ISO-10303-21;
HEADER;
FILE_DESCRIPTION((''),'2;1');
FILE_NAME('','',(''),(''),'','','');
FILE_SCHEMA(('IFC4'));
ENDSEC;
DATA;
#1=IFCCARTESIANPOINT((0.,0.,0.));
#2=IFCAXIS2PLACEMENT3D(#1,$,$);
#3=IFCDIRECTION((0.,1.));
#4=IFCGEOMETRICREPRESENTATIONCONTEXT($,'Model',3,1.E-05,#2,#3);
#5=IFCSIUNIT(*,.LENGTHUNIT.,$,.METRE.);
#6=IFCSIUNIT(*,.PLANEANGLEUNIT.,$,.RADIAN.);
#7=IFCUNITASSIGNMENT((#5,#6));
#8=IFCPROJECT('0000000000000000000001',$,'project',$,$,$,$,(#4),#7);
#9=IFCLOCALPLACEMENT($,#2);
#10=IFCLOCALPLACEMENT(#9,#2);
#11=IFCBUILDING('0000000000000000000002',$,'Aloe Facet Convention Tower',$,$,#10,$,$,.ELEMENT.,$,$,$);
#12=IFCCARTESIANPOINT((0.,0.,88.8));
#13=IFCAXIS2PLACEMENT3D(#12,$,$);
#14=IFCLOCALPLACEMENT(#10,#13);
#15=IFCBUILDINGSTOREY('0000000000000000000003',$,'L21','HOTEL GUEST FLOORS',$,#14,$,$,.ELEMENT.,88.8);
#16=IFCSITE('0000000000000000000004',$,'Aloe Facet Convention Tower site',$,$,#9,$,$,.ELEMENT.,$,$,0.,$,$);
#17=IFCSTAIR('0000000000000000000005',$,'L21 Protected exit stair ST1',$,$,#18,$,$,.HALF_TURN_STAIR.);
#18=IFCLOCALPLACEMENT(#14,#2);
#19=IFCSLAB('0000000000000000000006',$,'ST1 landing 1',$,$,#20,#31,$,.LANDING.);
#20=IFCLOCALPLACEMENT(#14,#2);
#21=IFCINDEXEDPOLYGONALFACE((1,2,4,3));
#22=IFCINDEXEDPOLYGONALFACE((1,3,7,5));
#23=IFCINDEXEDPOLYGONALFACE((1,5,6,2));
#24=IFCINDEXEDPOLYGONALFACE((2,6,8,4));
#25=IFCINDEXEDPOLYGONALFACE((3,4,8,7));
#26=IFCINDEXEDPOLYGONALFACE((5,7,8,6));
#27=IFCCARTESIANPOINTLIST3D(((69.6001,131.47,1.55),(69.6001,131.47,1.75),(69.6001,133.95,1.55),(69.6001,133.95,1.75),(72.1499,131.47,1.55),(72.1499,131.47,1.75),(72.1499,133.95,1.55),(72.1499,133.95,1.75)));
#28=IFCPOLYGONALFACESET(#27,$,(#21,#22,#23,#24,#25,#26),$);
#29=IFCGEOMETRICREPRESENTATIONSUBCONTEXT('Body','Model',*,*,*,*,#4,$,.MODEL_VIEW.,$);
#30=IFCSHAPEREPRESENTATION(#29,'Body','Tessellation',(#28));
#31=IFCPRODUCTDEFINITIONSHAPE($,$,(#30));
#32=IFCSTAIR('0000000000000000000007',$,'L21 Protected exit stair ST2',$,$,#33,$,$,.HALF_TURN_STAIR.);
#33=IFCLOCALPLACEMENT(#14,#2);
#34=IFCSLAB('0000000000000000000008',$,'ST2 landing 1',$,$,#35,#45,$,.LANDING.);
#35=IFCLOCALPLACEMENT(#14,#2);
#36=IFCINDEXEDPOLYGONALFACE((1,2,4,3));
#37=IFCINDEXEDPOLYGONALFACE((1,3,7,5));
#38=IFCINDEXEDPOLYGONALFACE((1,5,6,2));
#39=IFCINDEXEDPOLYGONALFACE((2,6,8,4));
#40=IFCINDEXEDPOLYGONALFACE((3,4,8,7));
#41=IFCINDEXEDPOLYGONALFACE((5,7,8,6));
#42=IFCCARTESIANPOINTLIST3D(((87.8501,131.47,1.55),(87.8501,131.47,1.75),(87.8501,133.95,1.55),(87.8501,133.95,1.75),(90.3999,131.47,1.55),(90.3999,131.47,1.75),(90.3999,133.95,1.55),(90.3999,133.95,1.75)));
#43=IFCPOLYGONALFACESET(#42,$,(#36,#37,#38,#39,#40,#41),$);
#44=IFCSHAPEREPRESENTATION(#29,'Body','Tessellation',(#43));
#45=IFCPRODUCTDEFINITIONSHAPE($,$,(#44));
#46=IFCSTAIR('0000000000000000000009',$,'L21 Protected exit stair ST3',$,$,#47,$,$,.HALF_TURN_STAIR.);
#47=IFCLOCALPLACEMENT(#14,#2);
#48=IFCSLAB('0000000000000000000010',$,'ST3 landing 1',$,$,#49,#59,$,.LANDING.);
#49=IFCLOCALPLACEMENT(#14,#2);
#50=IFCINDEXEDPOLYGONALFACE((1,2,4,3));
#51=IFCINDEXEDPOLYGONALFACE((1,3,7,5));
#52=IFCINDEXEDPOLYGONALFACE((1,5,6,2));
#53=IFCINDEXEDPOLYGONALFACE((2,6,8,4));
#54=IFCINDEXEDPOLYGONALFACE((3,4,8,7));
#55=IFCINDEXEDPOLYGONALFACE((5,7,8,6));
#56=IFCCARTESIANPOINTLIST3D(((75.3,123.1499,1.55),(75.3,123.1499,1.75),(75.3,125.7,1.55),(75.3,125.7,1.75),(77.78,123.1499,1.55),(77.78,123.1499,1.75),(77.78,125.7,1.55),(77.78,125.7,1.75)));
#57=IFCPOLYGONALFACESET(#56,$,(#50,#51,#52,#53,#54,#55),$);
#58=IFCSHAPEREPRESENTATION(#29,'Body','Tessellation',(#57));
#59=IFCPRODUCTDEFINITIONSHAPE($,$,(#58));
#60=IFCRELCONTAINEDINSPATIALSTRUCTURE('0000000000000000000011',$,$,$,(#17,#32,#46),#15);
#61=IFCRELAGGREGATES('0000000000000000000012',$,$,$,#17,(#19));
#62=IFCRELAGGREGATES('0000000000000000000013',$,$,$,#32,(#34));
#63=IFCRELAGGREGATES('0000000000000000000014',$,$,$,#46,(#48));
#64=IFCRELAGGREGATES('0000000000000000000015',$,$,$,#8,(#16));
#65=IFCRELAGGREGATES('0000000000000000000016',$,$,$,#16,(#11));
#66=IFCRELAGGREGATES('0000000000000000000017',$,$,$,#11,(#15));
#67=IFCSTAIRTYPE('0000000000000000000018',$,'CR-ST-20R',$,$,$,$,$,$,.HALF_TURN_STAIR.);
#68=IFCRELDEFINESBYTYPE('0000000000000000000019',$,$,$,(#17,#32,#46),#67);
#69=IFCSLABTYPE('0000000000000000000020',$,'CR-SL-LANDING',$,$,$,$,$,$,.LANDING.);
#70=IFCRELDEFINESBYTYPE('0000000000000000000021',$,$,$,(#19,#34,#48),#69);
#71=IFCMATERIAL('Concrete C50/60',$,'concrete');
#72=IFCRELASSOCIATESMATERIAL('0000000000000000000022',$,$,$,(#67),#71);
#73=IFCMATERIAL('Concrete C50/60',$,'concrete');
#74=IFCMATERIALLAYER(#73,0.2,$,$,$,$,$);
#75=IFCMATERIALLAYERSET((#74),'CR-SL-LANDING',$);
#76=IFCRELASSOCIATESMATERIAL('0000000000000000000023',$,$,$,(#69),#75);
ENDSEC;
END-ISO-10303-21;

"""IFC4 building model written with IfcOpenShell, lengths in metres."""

from ifc_helpers import new_model, si_unit, direction, frame, origin, place, context, subcontext, project, spatial, polyline, outline, extrude, material, layer, layer_set, type_object, element, aggregate, save


model = new_model("IFC4")

# Units and contexts
model_context = context("Model", 3, precision=1e-05, world=origin(), true_north=direction((0.0, 1.0)))
body_context = subcontext(model_context, "Body", "Model", "MODEL_VIEW")
ifc_project = project(units=[si_unit("LENGTHUNIT", "METRE"), si_unit("PLANEANGLEUNIT", "RADIAN")], contexts=[model_context])

# Site, building, storey
site_placement = place(None, origin())
site = spatial("IfcSite", under=ifc_project, at=site_placement, Name="Aloe Facet Convention Tower site", CompositionType="ELEMENT", RefElevation=0.0)
building_placement = place(site_placement, origin())
building = spatial("IfcBuilding", under=site, at=building_placement, Name="Aloe Facet Convention Tower", CompositionType="ELEMENT")
storey_placement = place(building_placement, frame((0.0, 0.0, 88.8)))
storey = spatial("IfcBuildingStorey", under=building, at=storey_placement, Name="L21", Description="HOTEL GUEST FLOORS", CompositionType="ELEMENT", Elevation=88.8)

# Stairs, slabs
ifc_material_1 = material(Name="Concrete C50/60", Category="concrete")
stair_type = type_object("IfcStairType", Name="CR-ST-20R", PredefinedType="HALF_TURN_STAIR", material=ifc_material_1)
stair_1_placement = place(storey_placement, origin())
stair_1 = element("IfcStair", 1, at=stair_1_placement, inside=storey, type_object=stair_type, Name="L21 Protected exit stair ST1", PredefinedType="HALF_TURN_STAIR")
ifc_material_2 = material(Name="Concrete C50/60", Category="concrete")
ifc_layer_1 = layer(ifc_material_2, 0.2)
ifc_layer_set_1 = layer_set([ifc_layer_1], Name="CR-SL-LANDING")
slab_type_1 = type_object("IfcSlabType", Name="CR-SL-LANDING", PredefinedType="LANDING", material=ifc_layer_set_1)
slab_1_placement = place(storey_placement, frame((0.0, 0.0, 1.55)))
slab_1 = element("IfcSlab", 2, at=slab_1_placement, type_object=slab_type_1, Name="ST1 landing 1", PredefinedType="LANDING", context=body_context, shape_type="SweptSolid", body=[
    extrude(outline(polyline([(72.1499, 131.47), (72.1499, 133.95), (69.6001, 133.95), (69.6001, 131.47), (72.1499, 131.47)])), origin(), (0.0, 0.0, 1.0), 0.2),
])
aggregate(stair_1, [slab_1])
stair_2_placement = place(storey_placement, origin())
stair_2 = element("IfcStair", 3, at=stair_2_placement, inside=storey, type_object=stair_type, Name="L21 Protected exit stair ST2", PredefinedType="HALF_TURN_STAIR")
slab_2_placement = place(storey_placement, frame((0.0, 0.0, 1.55)))
slab_2 = element("IfcSlab", 4, at=slab_2_placement, type_object=slab_type_1, Name="ST2 landing 1", PredefinedType="LANDING", context=body_context, shape_type="SweptSolid", body=[
    extrude(outline(polyline([(90.3999, 131.47), (90.3999, 133.95), (87.8501, 133.95), (87.8501, 131.47), (90.3999, 131.47)])), origin(), (0.0, 0.0, 1.0), 0.2),
])
aggregate(stair_2, [slab_2])
stair_3_placement = place(storey_placement, origin())
stair_3 = element("IfcStair", 5, at=stair_3_placement, inside=storey, type_object=stair_type, Name="L21 Protected exit stair ST3", PredefinedType="HALF_TURN_STAIR")
slab_3_placement = place(storey_placement, frame((0.0, 0.0, 1.55)))
slab_3 = element("IfcSlab", 6, at=slab_3_placement, type_object=slab_type_1, Name="ST3 landing 1", PredefinedType="LANDING", context=body_context, shape_type="SweptSolid", body=[
    extrude(outline(polyline([(77.78, 125.7), (75.3, 125.7), (75.3, 123.1499), (77.78, 123.1499), (77.78, 125.7)])), origin(), (0.0, 0.0, 1.0), 0.2),
])
aggregate(stair_3, [slab_3])

save(model, "model.ifc")
